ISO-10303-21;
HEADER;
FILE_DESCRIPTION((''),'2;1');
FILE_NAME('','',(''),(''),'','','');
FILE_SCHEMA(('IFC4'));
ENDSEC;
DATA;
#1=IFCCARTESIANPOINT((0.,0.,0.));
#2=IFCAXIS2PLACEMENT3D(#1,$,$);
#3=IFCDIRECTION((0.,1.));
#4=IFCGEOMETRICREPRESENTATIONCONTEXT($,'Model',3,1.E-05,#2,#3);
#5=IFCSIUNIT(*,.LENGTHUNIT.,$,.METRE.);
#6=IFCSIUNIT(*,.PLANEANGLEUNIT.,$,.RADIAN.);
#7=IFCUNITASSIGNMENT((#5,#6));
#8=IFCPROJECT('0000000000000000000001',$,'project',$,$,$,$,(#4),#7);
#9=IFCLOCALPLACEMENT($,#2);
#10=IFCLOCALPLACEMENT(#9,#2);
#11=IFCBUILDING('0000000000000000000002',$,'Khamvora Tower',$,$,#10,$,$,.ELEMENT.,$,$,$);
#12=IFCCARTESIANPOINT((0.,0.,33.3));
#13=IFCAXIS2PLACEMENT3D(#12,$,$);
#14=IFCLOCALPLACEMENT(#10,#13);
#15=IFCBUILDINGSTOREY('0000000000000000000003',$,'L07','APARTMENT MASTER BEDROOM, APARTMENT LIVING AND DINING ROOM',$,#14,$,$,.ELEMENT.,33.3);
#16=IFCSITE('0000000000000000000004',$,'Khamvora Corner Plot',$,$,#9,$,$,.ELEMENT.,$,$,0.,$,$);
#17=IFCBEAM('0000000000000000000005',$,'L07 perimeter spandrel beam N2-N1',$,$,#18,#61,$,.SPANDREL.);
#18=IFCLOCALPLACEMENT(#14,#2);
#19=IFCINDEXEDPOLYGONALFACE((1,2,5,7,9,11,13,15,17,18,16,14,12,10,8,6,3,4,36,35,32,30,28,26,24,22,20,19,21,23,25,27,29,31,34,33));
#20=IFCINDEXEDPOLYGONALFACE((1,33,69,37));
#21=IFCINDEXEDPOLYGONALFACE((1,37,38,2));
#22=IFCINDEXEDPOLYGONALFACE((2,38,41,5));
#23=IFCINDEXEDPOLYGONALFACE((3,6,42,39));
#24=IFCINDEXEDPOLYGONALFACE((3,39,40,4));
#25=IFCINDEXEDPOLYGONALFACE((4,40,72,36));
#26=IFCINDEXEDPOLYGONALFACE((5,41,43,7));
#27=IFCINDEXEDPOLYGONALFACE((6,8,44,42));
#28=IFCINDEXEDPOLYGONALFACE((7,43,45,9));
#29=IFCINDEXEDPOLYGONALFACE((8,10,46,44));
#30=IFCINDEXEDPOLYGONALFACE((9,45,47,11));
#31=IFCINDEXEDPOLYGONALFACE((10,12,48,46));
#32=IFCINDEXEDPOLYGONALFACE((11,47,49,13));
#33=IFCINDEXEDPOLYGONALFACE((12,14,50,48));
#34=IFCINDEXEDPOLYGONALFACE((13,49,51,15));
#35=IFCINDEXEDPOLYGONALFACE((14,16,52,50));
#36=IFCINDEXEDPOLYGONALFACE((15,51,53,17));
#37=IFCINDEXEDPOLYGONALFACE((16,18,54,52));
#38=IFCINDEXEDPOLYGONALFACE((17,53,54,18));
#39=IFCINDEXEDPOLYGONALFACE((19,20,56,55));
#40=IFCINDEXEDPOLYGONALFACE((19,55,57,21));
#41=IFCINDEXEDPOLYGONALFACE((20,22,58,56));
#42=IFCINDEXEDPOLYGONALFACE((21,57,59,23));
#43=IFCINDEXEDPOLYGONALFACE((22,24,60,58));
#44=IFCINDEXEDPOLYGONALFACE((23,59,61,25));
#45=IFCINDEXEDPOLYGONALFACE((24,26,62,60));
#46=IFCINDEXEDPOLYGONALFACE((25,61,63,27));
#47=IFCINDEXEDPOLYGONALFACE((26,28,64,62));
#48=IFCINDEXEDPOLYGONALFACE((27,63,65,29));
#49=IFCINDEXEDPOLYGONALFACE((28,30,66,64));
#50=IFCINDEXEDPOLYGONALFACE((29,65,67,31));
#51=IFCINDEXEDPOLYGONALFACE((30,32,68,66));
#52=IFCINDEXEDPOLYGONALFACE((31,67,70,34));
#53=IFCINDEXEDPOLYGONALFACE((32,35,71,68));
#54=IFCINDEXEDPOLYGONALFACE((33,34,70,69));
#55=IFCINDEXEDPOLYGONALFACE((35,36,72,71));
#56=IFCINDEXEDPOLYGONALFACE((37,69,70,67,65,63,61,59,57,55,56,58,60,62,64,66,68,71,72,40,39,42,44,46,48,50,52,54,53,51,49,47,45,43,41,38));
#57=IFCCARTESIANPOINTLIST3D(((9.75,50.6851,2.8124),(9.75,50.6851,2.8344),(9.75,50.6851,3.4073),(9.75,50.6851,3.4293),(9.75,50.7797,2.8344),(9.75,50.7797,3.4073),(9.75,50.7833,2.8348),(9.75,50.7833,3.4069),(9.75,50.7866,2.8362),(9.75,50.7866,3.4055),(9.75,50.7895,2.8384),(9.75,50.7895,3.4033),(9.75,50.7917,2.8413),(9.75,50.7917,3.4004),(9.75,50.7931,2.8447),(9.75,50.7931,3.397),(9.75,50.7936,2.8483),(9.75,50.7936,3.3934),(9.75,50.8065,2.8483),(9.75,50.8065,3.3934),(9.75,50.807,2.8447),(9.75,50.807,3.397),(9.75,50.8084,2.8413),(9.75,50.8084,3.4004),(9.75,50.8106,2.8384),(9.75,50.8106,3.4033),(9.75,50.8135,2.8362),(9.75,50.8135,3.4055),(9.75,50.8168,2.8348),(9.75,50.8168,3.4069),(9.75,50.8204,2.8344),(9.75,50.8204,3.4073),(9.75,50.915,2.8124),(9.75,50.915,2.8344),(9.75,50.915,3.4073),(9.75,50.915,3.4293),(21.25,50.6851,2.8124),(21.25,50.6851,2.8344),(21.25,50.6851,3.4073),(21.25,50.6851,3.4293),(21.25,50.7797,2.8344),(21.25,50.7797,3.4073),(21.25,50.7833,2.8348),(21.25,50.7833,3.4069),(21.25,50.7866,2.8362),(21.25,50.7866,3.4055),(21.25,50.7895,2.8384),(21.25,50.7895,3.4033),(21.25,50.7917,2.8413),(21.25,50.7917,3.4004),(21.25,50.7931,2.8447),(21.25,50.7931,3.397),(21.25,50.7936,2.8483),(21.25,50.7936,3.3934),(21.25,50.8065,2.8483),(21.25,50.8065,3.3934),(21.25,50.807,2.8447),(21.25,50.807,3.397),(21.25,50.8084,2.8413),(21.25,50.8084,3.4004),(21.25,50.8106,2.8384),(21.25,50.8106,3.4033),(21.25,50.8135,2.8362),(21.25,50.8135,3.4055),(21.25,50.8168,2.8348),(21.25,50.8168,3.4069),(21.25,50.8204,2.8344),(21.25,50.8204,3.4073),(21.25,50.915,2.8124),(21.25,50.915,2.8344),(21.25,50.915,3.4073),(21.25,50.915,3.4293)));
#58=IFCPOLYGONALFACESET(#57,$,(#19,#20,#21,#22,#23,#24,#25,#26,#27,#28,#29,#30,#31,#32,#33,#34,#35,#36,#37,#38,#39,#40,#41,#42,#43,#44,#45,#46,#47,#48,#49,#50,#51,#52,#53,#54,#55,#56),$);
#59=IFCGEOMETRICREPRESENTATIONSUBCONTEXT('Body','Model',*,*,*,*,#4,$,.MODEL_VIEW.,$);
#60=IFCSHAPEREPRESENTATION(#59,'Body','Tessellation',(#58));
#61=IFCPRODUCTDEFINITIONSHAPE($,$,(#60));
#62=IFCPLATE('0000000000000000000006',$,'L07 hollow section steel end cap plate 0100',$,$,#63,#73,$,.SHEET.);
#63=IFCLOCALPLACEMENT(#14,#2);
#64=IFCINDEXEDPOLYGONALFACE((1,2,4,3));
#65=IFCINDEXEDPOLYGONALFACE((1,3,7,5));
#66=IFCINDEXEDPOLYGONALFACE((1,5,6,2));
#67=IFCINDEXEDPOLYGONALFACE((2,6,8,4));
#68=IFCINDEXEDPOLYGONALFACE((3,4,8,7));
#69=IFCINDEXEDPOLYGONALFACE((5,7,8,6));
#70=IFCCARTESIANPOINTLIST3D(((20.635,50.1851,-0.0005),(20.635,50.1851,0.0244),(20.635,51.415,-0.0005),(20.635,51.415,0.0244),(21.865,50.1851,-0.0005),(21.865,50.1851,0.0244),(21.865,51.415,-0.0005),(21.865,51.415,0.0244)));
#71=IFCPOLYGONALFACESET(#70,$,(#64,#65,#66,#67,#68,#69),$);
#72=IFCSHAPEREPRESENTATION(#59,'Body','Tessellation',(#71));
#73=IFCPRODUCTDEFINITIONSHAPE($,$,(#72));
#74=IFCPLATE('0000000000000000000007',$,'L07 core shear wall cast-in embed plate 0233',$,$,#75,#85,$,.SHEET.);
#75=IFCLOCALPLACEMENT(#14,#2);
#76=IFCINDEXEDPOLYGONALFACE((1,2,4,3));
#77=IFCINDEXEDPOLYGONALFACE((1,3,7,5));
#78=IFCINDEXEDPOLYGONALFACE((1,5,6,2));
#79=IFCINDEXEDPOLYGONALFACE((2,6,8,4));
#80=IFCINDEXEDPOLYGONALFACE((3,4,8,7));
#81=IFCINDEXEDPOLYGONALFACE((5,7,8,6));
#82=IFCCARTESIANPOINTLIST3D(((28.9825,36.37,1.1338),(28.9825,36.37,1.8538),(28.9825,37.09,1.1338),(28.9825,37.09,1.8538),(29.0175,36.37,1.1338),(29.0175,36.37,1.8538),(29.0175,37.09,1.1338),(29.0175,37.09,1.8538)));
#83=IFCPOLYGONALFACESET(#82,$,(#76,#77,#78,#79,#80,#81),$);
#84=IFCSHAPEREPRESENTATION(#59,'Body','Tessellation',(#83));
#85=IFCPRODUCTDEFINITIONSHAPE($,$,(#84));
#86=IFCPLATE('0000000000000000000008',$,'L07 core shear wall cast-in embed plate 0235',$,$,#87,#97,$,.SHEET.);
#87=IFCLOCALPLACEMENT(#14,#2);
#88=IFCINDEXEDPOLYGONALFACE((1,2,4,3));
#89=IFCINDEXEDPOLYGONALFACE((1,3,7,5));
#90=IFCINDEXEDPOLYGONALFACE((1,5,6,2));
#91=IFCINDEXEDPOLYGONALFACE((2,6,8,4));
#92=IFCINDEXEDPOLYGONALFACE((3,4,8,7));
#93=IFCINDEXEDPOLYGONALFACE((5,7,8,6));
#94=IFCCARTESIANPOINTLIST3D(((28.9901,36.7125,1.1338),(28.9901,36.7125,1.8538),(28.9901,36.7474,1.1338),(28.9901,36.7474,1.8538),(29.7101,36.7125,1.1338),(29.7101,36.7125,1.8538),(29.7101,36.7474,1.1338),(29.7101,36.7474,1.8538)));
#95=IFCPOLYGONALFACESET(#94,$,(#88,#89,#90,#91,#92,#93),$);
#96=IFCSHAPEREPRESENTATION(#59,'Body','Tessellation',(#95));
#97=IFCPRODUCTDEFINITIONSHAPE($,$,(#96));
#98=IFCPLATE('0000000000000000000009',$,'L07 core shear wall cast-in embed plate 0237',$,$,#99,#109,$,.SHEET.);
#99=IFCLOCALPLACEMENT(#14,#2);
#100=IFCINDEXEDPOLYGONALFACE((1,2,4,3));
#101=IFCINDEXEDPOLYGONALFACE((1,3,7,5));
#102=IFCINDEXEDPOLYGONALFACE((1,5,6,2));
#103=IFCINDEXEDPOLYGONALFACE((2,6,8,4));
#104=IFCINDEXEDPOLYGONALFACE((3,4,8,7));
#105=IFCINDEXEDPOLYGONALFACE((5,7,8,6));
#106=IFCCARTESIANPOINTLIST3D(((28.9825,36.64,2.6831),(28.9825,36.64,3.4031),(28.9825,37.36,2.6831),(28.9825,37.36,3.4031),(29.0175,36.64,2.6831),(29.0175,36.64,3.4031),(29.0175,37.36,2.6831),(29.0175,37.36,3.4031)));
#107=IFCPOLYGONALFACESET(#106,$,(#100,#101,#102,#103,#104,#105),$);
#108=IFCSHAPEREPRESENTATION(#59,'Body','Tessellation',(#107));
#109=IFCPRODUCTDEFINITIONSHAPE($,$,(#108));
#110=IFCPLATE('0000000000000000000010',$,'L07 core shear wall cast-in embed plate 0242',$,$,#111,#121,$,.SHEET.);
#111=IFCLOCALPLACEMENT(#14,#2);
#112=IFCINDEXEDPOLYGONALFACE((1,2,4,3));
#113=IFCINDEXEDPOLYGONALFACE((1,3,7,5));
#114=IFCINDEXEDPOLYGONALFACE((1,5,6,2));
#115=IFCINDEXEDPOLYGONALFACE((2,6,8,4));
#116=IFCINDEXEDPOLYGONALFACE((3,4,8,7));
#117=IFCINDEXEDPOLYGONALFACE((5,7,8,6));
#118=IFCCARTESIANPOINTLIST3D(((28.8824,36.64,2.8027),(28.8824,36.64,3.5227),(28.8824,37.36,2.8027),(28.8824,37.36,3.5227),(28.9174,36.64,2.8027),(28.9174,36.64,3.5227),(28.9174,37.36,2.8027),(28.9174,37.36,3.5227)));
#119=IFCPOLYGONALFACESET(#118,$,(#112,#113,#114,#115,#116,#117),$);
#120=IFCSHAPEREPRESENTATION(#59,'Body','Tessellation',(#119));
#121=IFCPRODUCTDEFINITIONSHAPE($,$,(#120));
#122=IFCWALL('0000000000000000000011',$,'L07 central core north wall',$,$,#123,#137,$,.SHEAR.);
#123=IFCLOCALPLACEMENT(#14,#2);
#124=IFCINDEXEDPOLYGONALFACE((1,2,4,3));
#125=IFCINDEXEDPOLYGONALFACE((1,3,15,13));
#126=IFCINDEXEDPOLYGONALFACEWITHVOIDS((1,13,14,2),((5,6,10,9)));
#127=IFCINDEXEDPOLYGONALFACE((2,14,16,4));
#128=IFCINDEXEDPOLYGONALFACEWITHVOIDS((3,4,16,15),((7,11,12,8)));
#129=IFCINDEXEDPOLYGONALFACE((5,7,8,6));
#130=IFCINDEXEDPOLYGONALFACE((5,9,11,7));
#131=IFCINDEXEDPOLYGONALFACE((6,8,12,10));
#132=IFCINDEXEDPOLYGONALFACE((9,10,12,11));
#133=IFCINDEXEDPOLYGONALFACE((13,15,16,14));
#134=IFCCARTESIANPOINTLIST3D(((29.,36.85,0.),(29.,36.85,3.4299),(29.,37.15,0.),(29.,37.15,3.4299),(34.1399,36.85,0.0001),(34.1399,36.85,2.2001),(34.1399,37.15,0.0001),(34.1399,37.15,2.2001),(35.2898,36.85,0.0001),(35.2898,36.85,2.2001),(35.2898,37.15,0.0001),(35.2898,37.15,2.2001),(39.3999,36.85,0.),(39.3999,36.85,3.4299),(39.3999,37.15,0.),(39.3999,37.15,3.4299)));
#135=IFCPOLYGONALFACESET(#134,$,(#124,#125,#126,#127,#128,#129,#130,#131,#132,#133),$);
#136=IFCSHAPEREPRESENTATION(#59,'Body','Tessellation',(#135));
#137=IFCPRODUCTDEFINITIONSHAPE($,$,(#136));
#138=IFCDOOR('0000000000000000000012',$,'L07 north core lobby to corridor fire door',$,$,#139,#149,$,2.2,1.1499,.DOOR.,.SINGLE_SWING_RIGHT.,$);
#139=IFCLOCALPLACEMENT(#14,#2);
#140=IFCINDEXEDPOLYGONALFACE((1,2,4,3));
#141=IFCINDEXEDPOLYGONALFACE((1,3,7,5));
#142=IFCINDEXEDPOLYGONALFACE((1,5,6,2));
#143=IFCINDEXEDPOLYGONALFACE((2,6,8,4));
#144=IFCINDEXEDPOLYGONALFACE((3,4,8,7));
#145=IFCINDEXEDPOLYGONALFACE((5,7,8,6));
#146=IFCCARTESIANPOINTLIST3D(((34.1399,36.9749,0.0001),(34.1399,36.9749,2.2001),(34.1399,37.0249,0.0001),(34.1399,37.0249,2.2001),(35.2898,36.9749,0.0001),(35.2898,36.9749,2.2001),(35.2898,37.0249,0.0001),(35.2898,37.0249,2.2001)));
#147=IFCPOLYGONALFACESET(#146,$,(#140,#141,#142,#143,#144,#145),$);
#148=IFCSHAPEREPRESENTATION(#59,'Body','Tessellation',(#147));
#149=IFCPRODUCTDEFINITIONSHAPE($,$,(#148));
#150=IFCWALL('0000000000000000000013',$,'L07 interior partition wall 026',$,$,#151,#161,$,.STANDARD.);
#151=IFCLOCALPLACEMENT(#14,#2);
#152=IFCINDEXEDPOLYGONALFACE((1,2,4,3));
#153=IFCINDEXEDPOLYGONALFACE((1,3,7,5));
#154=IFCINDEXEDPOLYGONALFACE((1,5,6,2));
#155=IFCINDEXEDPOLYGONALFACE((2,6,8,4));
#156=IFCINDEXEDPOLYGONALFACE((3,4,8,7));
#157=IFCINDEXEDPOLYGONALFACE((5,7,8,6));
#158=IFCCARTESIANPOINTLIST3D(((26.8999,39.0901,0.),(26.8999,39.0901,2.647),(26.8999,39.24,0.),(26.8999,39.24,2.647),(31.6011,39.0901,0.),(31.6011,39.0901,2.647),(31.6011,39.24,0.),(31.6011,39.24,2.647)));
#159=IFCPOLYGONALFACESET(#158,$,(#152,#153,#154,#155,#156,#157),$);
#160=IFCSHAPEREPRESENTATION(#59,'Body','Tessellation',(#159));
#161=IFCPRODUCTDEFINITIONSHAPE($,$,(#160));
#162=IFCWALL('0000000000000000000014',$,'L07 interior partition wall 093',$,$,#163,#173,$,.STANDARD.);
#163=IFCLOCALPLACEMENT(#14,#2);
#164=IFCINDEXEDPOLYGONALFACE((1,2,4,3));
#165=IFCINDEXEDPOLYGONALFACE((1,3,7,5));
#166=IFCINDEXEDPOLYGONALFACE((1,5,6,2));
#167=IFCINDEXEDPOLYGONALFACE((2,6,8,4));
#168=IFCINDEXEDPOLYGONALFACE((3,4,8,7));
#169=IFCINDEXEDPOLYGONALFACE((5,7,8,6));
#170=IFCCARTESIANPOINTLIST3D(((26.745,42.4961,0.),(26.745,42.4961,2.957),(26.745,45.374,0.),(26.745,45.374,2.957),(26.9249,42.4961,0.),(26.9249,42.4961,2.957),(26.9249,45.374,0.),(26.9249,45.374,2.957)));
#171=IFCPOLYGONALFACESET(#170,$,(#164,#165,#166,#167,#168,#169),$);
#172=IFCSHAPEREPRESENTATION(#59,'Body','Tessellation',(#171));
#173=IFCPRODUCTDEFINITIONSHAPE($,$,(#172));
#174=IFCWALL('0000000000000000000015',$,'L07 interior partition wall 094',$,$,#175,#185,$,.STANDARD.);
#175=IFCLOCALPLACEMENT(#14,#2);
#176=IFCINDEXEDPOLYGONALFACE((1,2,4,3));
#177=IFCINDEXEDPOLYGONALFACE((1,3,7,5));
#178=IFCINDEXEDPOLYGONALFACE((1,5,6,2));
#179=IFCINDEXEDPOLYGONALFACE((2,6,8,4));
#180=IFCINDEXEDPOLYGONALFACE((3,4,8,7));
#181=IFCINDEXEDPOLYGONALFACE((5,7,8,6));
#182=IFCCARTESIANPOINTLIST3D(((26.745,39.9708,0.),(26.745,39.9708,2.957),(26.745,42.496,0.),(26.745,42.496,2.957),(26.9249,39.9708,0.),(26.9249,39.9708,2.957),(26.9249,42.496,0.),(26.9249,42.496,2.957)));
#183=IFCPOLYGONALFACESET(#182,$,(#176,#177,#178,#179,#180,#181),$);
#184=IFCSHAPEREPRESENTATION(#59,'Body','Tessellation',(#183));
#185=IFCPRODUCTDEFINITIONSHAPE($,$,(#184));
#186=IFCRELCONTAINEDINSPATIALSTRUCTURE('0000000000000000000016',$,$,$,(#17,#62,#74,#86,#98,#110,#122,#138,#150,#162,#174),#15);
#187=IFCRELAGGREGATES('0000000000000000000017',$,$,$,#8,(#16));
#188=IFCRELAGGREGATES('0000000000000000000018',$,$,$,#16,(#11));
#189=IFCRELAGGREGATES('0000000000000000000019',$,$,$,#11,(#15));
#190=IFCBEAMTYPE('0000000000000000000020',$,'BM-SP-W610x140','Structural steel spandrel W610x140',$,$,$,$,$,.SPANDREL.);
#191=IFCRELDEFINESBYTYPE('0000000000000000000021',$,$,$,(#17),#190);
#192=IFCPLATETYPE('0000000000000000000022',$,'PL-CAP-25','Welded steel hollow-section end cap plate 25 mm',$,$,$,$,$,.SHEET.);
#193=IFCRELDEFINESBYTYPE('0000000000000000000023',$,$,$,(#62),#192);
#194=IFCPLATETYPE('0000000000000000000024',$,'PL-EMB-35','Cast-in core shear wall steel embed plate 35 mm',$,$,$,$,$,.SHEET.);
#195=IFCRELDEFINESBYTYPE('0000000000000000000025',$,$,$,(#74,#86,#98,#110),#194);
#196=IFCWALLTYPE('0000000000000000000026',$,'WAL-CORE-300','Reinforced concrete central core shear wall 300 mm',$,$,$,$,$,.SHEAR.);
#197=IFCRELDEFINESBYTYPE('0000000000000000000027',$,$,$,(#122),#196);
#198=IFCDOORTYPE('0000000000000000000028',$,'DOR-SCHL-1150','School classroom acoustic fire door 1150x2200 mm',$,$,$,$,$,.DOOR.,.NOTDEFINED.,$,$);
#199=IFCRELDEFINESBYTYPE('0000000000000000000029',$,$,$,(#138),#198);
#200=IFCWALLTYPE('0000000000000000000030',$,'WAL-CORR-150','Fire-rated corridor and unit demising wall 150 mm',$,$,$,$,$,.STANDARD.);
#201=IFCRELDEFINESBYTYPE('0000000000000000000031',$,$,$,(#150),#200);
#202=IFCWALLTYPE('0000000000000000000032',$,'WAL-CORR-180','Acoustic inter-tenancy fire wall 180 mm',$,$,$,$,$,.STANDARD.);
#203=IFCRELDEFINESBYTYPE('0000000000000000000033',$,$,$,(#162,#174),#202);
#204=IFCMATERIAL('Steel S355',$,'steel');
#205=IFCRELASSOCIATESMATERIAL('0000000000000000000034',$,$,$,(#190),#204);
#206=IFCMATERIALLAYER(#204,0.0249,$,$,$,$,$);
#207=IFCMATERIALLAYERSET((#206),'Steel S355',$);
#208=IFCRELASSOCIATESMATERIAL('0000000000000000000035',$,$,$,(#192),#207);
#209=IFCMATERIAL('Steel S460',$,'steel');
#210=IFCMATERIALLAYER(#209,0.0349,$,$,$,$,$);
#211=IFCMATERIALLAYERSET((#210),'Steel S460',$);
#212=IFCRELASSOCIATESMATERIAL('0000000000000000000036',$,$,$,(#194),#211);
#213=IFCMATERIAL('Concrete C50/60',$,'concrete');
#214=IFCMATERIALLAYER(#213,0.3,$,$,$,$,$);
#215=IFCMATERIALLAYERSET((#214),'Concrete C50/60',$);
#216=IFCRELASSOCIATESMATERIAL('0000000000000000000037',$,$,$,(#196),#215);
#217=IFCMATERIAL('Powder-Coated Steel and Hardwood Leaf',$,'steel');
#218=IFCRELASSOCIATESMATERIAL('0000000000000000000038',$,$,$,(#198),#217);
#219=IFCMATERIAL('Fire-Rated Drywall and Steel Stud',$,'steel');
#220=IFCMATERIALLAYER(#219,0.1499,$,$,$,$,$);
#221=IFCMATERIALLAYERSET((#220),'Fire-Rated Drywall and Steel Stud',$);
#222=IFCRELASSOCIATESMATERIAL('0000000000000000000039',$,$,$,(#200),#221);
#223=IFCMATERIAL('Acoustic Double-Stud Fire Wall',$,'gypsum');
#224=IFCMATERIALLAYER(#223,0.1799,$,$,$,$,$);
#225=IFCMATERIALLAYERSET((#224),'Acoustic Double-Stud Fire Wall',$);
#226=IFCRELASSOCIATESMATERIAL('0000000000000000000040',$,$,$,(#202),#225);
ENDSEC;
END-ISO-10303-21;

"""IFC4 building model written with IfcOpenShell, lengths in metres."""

from ifc_helpers import new_model, si_unit, direction, frame, frame_2d, origin, origin_2d, place, context, subcontext, project, spatial, rectangle, i_section, extrude, material, layer, layer_set, material_profile, profile_set, type_object, element, fill, save


model = new_model("IFC4")

# Units and contexts
model_context = context("Model", 3, precision=1e-05, world=origin(), true_north=direction((0.0, 1.0)))
body_context = subcontext(model_context, "Body", "Model", "MODEL_VIEW")
ifc_project = project(units=[si_unit("LENGTHUNIT", "METRE"), si_unit("PLANEANGLEUNIT", "RADIAN")], contexts=[model_context])

# Site, building, storey
site_placement = place(None, origin())
site = spatial("IfcSite", under=ifc_project, at=site_placement, Name="Khamvora Corner Plot", CompositionType="ELEMENT", RefElevation=0.0)
building_placement = place(site_placement, origin())
building = spatial("IfcBuilding", under=site, at=building_placement, Name="Khamvora Tower", CompositionType="ELEMENT")
storey_placement = place(building_placement, frame((0.0, 0.0, 33.3)))
storey = spatial("IfcBuildingStorey", under=building, at=storey_placement, Name="L07", Description="APARTMENT MASTER BEDROOM, APARTMENT LIVING AND DINING ROOM", CompositionType="ELEMENT", Elevation=33.3)

# Shared definitions
ifc_material_1 = material(Name="Steel S460", Category="steel")

# Beam
ifc_material_2 = material(Name="Steel S355", Category="steel")
ifc_material_profile_1 = material_profile(ifc_material_2, i_section(OverallWidth=0.23, OverallDepth=0.6169, WebThickness=0.0129, FlangeThickness=0.022, FilletRadius=0.0139, at=origin_2d()), Name="W610x140")
ifc_profile_set_1 = profile_set([ifc_material_profile_1], Name="Steel S355")
beam_type_1 = type_object("IfcBeamType", Name="BM-SP-W610x140", Description="Structural steel spandrel W610x140", PredefinedType="SPANDREL", material=ifc_profile_set_1)
beam_1_placement = place(storey_placement, frame((21.25, 50.8, 3.1208), z_axis=(-1.0, 0.0, 0.0), x_axis=(0.0, -1.0, 0.0)))
element("IfcBeam", 1, at=beam_1_placement, inside=storey, type_object=beam_type_1, Name="L07 perimeter spandrel beam N2-N1", PredefinedType="SPANDREL", context=body_context, shape_type="SweptSolid", body=[
    extrude(i_section(OverallWidth=0.23, OverallDepth=0.6169, WebThickness=0.0129, FlangeThickness=0.022, FilletRadius=0.0139, at=origin_2d()), origin(), (0.0, 0.0, 1.0), 11.5),
])

# Plates
ifc_layer_1 = layer(ifc_material_2, 0.0249)
ifc_layer_set_1 = layer_set([ifc_layer_1], Name="Steel S355")
plate_type_1 = type_object("IfcPlateType", Name="PL-CAP-25", Description="Welded steel hollow-section end cap plate 25 mm", PredefinedType="SHEET", material=ifc_layer_set_1)
plate_1_placement = place(storey_placement, frame((21.25, 50.8, -0.0005), z_axis=(0.0, 0.0, 1.0), x_axis=(1.0, 0.0, 0.0)))
element("IfcPlate", 2, at=plate_1_placement, inside=storey, type_object=plate_type_1, Name="L07 hollow section steel end cap plate 0100", PredefinedType="SHEET", context=body_context, shape_type="SweptSolid", body=[
    extrude(rectangle(XDim=1.23, YDim=1.23, at=origin_2d()), origin(), (0.0, 0.0, 1.0), 0.0249),
])
ifc_layer_2 = layer(ifc_material_1, 0.0349)
ifc_layer_set_2 = layer_set([ifc_layer_2], Name="Steel S460")
plate_type_2 = type_object("IfcPlateType", Name="PL-EMB-35", Description="Cast-in core shear wall steel embed plate 35 mm", PredefinedType="SHEET", material=ifc_layer_set_2)
plate_2_placement = place(storey_placement, frame((29.0, 36.73, 1.1338), z_axis=(0.0, 0.0, 1.0), x_axis=(1.0, 0.0, 0.0)))
element("IfcPlate", 3, at=plate_2_placement, inside=storey, type_object=plate_type_2, Name="L07 core shear wall cast-in embed plate 0233", PredefinedType="SHEET", context=body_context, shape_type="SweptSolid", body=[
    extrude(rectangle(XDim=0.0349, YDim=0.72, at=origin_2d()), origin(), (0.0, 0.0, 1.0), 0.72),
])
plate_3_placement = place(storey_placement, frame((29.3501, 36.73, 1.1338), z_axis=(0.0, 0.0, 1.0), x_axis=(1.0, 0.0, 0.0)))
element("IfcPlate", 4, at=plate_3_placement, inside=storey, type_object=plate_type_2, Name="L07 core shear wall cast-in embed plate 0235", PredefinedType="SHEET", context=body_context, shape_type="SweptSolid", body=[
    extrude(rectangle(XDim=0.72, YDim=0.0349, at=origin_2d()), origin(), (0.0, 0.0, 1.0), 0.72),
])
for number, where, z_axis, x_axis, name in (
    (5, (29.0, 37.0, 2.6831), (0.0, 0.0, 1.0), (1.0, 0.0, 0.0), "L07 core shear wall cast-in embed plate 0237"),
    (6, (28.8999, 37.0, 2.8027), (0.0, 0.0, 1.0), (1.0, 0.0, 0.0), "L07 core shear wall cast-in embed plate 0242"),
):
    element("IfcPlate", number, at=place(storey_placement, frame(where, z_axis=z_axis, x_axis=x_axis)), inside=storey, type_object=plate_type_2, Name=name, PredefinedType="SHEET", context=body_context, shape_type="SweptSolid", body=[
        extrude(rectangle(XDim=0.0349, YDim=0.72, at=origin_2d()), origin(), (0.0, 0.0, 1.0), 0.72),
    ])

# Wall, opening, door
ifc_material_3 = material(Name="Concrete C50/60", Category="concrete")
ifc_layer_3 = layer(ifc_material_3, 0.3)
ifc_layer_set_3 = layer_set([ifc_layer_3], Name="Concrete C50/60")
wall_type_1 = type_object("IfcWallType", Name="WAL-CORE-300", Description="Reinforced concrete central core shear wall 300 mm", PredefinedType="SHEAR", material=ifc_layer_set_3)
wall_1_placement = place(storey_placement, frame((29.0, 37.0, 0.0), z_axis=(0.0, 0.0, 1.0), x_axis=(1.0, 0.0, 0.0)))
wall_1 = element("IfcWall", 7, at=wall_1_placement, inside=storey, type_object=wall_type_1, Name="L07 central core north wall", PredefinedType="SHEAR", context=body_context, shape_type="SweptSolid", body=[
    extrude(rectangle(XDim=10.3999, YDim=0.3, at=frame_2d((5.2, 0.0))), origin(), (0.0, 0.0, 1.0), 3.4299),
])
opening_1_placement = place(wall_1_placement, frame((5.1399, 0.0, 0.0)))
opening_1 = element("IfcOpeningElement", 8, at=opening_1_placement, cuts=wall_1, PredefinedType="OPENING", context=body_context, shape_type="SweptSolid", body=[
    extrude(rectangle(XDim=1.1499, YDim=2.2, at=frame_2d((0.575, 1.1001))), frame((0.0, 0.1599, 0.0), z_axis=(0.0, -1.0, 0.0), x_axis=(1.0, 0.0, 0.0)), (0.0, 0.0, 1.0), 0.3201),
])
ifc_material_4 = material(Name="Powder-Coated Steel and Hardwood Leaf", Category="steel")
door_type_1 = type_object("IfcDoorType", Name="DOR-SCHL-1150", Description="School classroom acoustic fire door 1150x2200 mm", OperationType="NOTDEFINED", PredefinedType="DOOR", material=ifc_material_4)
door_1_placement = place(opening_1_placement, origin())
door_1 = element("IfcDoor", 9, at=door_1_placement, inside=storey, type_object=door_type_1, Name="L07 north core lobby to corridor fire door", OperationType="SINGLE_SWING_RIGHT", OverallHeight=2.2, OverallWidth=1.1499, PredefinedType="DOOR", context=body_context, shape_type="SweptSolid", body=[
    extrude(rectangle(XDim=1.1499, YDim=2.2, at=frame_2d((0.575, 1.1001))), frame((0.0, 0.0249, 0.0), z_axis=(0.0, -1.0, 0.0), x_axis=(1.0, 0.0, 0.0)), (0.0, 0.0, 1.0), 0.05),
])
fill(opening_1, door_1)

# Walls
ifc_material_5 = material(Name="Fire-Rated Drywall and Steel Stud", Category="steel")
ifc_layer_4 = layer(ifc_material_5, 0.1499)
ifc_layer_set_4 = layer_set([ifc_layer_4], Name="Fire-Rated Drywall and Steel Stud")
wall_type_2 = type_object("IfcWallType", Name="WAL-CORR-150", Description="Fire-rated corridor and unit demising wall 150 mm", PredefinedType="STANDARD", material=ifc_layer_set_4)
wall_2_placement = place(storey_placement, frame((26.8999, 39.165, 0.0), z_axis=(0.0, 0.0, 1.0), x_axis=(1.0, 0.0, 0.0)))
element("IfcWall", 10, at=wall_2_placement, inside=storey, type_object=wall_type_2, Name="L07 interior partition wall 026", PredefinedType="STANDARD", context=body_context, shape_type="SweptSolid", body=[
    extrude(rectangle(XDim=4.7012, YDim=0.1499, at=frame_2d((2.3506, 0.0))), origin(), (0.0, 0.0, 1.0), 2.647),
])
ifc_material_6 = material(Name="Acoustic Double-Stud Fire Wall", Category="gypsum")
ifc_layer_5 = layer(ifc_material_6, 0.1799)
ifc_layer_set_5 = layer_set([ifc_layer_5], Name="Acoustic Double-Stud Fire Wall")
wall_type_3 = type_object("IfcWallType", Name="WAL-CORR-180", Description="Acoustic inter-tenancy fire wall 180 mm", PredefinedType="STANDARD", material=ifc_layer_set_5)
wall_3_placement = place(storey_placement, frame((26.835, 45.374, 0.0), z_axis=(0.0, 0.0, 1.0), x_axis=(0.0, -1.0, 0.0)))
element("IfcWall", 11, at=wall_3_placement, inside=storey, type_object=wall_type_3, Name="L07 interior partition wall 093", PredefinedType="STANDARD", context=body_context, shape_type="SweptSolid", body=[
    extrude(rectangle(XDim=2.8779, YDim=0.1799, at=frame_2d((1.439, 0.0))), origin(), (0.0, 0.0, 1.0), 2.957),
])
wall_4_placement = place(storey_placement, frame((26.835, 42.4961, 0.0), z_axis=(0.0, 0.0, 1.0), x_axis=(0.0, -1.0, 0.0)))
element("IfcWall", 12, at=wall_4_placement, inside=storey, type_object=wall_type_3, Name="L07 interior partition wall 094", PredefinedType="STANDARD", context=body_context, shape_type="SweptSolid", body=[
    extrude(rectangle(XDim=2.5251, YDim=0.1799, at=frame_2d((1.2627, 0.0))), origin(), (0.0, 0.0, 1.0), 2.957),
])

save(model, "model.ifc")
